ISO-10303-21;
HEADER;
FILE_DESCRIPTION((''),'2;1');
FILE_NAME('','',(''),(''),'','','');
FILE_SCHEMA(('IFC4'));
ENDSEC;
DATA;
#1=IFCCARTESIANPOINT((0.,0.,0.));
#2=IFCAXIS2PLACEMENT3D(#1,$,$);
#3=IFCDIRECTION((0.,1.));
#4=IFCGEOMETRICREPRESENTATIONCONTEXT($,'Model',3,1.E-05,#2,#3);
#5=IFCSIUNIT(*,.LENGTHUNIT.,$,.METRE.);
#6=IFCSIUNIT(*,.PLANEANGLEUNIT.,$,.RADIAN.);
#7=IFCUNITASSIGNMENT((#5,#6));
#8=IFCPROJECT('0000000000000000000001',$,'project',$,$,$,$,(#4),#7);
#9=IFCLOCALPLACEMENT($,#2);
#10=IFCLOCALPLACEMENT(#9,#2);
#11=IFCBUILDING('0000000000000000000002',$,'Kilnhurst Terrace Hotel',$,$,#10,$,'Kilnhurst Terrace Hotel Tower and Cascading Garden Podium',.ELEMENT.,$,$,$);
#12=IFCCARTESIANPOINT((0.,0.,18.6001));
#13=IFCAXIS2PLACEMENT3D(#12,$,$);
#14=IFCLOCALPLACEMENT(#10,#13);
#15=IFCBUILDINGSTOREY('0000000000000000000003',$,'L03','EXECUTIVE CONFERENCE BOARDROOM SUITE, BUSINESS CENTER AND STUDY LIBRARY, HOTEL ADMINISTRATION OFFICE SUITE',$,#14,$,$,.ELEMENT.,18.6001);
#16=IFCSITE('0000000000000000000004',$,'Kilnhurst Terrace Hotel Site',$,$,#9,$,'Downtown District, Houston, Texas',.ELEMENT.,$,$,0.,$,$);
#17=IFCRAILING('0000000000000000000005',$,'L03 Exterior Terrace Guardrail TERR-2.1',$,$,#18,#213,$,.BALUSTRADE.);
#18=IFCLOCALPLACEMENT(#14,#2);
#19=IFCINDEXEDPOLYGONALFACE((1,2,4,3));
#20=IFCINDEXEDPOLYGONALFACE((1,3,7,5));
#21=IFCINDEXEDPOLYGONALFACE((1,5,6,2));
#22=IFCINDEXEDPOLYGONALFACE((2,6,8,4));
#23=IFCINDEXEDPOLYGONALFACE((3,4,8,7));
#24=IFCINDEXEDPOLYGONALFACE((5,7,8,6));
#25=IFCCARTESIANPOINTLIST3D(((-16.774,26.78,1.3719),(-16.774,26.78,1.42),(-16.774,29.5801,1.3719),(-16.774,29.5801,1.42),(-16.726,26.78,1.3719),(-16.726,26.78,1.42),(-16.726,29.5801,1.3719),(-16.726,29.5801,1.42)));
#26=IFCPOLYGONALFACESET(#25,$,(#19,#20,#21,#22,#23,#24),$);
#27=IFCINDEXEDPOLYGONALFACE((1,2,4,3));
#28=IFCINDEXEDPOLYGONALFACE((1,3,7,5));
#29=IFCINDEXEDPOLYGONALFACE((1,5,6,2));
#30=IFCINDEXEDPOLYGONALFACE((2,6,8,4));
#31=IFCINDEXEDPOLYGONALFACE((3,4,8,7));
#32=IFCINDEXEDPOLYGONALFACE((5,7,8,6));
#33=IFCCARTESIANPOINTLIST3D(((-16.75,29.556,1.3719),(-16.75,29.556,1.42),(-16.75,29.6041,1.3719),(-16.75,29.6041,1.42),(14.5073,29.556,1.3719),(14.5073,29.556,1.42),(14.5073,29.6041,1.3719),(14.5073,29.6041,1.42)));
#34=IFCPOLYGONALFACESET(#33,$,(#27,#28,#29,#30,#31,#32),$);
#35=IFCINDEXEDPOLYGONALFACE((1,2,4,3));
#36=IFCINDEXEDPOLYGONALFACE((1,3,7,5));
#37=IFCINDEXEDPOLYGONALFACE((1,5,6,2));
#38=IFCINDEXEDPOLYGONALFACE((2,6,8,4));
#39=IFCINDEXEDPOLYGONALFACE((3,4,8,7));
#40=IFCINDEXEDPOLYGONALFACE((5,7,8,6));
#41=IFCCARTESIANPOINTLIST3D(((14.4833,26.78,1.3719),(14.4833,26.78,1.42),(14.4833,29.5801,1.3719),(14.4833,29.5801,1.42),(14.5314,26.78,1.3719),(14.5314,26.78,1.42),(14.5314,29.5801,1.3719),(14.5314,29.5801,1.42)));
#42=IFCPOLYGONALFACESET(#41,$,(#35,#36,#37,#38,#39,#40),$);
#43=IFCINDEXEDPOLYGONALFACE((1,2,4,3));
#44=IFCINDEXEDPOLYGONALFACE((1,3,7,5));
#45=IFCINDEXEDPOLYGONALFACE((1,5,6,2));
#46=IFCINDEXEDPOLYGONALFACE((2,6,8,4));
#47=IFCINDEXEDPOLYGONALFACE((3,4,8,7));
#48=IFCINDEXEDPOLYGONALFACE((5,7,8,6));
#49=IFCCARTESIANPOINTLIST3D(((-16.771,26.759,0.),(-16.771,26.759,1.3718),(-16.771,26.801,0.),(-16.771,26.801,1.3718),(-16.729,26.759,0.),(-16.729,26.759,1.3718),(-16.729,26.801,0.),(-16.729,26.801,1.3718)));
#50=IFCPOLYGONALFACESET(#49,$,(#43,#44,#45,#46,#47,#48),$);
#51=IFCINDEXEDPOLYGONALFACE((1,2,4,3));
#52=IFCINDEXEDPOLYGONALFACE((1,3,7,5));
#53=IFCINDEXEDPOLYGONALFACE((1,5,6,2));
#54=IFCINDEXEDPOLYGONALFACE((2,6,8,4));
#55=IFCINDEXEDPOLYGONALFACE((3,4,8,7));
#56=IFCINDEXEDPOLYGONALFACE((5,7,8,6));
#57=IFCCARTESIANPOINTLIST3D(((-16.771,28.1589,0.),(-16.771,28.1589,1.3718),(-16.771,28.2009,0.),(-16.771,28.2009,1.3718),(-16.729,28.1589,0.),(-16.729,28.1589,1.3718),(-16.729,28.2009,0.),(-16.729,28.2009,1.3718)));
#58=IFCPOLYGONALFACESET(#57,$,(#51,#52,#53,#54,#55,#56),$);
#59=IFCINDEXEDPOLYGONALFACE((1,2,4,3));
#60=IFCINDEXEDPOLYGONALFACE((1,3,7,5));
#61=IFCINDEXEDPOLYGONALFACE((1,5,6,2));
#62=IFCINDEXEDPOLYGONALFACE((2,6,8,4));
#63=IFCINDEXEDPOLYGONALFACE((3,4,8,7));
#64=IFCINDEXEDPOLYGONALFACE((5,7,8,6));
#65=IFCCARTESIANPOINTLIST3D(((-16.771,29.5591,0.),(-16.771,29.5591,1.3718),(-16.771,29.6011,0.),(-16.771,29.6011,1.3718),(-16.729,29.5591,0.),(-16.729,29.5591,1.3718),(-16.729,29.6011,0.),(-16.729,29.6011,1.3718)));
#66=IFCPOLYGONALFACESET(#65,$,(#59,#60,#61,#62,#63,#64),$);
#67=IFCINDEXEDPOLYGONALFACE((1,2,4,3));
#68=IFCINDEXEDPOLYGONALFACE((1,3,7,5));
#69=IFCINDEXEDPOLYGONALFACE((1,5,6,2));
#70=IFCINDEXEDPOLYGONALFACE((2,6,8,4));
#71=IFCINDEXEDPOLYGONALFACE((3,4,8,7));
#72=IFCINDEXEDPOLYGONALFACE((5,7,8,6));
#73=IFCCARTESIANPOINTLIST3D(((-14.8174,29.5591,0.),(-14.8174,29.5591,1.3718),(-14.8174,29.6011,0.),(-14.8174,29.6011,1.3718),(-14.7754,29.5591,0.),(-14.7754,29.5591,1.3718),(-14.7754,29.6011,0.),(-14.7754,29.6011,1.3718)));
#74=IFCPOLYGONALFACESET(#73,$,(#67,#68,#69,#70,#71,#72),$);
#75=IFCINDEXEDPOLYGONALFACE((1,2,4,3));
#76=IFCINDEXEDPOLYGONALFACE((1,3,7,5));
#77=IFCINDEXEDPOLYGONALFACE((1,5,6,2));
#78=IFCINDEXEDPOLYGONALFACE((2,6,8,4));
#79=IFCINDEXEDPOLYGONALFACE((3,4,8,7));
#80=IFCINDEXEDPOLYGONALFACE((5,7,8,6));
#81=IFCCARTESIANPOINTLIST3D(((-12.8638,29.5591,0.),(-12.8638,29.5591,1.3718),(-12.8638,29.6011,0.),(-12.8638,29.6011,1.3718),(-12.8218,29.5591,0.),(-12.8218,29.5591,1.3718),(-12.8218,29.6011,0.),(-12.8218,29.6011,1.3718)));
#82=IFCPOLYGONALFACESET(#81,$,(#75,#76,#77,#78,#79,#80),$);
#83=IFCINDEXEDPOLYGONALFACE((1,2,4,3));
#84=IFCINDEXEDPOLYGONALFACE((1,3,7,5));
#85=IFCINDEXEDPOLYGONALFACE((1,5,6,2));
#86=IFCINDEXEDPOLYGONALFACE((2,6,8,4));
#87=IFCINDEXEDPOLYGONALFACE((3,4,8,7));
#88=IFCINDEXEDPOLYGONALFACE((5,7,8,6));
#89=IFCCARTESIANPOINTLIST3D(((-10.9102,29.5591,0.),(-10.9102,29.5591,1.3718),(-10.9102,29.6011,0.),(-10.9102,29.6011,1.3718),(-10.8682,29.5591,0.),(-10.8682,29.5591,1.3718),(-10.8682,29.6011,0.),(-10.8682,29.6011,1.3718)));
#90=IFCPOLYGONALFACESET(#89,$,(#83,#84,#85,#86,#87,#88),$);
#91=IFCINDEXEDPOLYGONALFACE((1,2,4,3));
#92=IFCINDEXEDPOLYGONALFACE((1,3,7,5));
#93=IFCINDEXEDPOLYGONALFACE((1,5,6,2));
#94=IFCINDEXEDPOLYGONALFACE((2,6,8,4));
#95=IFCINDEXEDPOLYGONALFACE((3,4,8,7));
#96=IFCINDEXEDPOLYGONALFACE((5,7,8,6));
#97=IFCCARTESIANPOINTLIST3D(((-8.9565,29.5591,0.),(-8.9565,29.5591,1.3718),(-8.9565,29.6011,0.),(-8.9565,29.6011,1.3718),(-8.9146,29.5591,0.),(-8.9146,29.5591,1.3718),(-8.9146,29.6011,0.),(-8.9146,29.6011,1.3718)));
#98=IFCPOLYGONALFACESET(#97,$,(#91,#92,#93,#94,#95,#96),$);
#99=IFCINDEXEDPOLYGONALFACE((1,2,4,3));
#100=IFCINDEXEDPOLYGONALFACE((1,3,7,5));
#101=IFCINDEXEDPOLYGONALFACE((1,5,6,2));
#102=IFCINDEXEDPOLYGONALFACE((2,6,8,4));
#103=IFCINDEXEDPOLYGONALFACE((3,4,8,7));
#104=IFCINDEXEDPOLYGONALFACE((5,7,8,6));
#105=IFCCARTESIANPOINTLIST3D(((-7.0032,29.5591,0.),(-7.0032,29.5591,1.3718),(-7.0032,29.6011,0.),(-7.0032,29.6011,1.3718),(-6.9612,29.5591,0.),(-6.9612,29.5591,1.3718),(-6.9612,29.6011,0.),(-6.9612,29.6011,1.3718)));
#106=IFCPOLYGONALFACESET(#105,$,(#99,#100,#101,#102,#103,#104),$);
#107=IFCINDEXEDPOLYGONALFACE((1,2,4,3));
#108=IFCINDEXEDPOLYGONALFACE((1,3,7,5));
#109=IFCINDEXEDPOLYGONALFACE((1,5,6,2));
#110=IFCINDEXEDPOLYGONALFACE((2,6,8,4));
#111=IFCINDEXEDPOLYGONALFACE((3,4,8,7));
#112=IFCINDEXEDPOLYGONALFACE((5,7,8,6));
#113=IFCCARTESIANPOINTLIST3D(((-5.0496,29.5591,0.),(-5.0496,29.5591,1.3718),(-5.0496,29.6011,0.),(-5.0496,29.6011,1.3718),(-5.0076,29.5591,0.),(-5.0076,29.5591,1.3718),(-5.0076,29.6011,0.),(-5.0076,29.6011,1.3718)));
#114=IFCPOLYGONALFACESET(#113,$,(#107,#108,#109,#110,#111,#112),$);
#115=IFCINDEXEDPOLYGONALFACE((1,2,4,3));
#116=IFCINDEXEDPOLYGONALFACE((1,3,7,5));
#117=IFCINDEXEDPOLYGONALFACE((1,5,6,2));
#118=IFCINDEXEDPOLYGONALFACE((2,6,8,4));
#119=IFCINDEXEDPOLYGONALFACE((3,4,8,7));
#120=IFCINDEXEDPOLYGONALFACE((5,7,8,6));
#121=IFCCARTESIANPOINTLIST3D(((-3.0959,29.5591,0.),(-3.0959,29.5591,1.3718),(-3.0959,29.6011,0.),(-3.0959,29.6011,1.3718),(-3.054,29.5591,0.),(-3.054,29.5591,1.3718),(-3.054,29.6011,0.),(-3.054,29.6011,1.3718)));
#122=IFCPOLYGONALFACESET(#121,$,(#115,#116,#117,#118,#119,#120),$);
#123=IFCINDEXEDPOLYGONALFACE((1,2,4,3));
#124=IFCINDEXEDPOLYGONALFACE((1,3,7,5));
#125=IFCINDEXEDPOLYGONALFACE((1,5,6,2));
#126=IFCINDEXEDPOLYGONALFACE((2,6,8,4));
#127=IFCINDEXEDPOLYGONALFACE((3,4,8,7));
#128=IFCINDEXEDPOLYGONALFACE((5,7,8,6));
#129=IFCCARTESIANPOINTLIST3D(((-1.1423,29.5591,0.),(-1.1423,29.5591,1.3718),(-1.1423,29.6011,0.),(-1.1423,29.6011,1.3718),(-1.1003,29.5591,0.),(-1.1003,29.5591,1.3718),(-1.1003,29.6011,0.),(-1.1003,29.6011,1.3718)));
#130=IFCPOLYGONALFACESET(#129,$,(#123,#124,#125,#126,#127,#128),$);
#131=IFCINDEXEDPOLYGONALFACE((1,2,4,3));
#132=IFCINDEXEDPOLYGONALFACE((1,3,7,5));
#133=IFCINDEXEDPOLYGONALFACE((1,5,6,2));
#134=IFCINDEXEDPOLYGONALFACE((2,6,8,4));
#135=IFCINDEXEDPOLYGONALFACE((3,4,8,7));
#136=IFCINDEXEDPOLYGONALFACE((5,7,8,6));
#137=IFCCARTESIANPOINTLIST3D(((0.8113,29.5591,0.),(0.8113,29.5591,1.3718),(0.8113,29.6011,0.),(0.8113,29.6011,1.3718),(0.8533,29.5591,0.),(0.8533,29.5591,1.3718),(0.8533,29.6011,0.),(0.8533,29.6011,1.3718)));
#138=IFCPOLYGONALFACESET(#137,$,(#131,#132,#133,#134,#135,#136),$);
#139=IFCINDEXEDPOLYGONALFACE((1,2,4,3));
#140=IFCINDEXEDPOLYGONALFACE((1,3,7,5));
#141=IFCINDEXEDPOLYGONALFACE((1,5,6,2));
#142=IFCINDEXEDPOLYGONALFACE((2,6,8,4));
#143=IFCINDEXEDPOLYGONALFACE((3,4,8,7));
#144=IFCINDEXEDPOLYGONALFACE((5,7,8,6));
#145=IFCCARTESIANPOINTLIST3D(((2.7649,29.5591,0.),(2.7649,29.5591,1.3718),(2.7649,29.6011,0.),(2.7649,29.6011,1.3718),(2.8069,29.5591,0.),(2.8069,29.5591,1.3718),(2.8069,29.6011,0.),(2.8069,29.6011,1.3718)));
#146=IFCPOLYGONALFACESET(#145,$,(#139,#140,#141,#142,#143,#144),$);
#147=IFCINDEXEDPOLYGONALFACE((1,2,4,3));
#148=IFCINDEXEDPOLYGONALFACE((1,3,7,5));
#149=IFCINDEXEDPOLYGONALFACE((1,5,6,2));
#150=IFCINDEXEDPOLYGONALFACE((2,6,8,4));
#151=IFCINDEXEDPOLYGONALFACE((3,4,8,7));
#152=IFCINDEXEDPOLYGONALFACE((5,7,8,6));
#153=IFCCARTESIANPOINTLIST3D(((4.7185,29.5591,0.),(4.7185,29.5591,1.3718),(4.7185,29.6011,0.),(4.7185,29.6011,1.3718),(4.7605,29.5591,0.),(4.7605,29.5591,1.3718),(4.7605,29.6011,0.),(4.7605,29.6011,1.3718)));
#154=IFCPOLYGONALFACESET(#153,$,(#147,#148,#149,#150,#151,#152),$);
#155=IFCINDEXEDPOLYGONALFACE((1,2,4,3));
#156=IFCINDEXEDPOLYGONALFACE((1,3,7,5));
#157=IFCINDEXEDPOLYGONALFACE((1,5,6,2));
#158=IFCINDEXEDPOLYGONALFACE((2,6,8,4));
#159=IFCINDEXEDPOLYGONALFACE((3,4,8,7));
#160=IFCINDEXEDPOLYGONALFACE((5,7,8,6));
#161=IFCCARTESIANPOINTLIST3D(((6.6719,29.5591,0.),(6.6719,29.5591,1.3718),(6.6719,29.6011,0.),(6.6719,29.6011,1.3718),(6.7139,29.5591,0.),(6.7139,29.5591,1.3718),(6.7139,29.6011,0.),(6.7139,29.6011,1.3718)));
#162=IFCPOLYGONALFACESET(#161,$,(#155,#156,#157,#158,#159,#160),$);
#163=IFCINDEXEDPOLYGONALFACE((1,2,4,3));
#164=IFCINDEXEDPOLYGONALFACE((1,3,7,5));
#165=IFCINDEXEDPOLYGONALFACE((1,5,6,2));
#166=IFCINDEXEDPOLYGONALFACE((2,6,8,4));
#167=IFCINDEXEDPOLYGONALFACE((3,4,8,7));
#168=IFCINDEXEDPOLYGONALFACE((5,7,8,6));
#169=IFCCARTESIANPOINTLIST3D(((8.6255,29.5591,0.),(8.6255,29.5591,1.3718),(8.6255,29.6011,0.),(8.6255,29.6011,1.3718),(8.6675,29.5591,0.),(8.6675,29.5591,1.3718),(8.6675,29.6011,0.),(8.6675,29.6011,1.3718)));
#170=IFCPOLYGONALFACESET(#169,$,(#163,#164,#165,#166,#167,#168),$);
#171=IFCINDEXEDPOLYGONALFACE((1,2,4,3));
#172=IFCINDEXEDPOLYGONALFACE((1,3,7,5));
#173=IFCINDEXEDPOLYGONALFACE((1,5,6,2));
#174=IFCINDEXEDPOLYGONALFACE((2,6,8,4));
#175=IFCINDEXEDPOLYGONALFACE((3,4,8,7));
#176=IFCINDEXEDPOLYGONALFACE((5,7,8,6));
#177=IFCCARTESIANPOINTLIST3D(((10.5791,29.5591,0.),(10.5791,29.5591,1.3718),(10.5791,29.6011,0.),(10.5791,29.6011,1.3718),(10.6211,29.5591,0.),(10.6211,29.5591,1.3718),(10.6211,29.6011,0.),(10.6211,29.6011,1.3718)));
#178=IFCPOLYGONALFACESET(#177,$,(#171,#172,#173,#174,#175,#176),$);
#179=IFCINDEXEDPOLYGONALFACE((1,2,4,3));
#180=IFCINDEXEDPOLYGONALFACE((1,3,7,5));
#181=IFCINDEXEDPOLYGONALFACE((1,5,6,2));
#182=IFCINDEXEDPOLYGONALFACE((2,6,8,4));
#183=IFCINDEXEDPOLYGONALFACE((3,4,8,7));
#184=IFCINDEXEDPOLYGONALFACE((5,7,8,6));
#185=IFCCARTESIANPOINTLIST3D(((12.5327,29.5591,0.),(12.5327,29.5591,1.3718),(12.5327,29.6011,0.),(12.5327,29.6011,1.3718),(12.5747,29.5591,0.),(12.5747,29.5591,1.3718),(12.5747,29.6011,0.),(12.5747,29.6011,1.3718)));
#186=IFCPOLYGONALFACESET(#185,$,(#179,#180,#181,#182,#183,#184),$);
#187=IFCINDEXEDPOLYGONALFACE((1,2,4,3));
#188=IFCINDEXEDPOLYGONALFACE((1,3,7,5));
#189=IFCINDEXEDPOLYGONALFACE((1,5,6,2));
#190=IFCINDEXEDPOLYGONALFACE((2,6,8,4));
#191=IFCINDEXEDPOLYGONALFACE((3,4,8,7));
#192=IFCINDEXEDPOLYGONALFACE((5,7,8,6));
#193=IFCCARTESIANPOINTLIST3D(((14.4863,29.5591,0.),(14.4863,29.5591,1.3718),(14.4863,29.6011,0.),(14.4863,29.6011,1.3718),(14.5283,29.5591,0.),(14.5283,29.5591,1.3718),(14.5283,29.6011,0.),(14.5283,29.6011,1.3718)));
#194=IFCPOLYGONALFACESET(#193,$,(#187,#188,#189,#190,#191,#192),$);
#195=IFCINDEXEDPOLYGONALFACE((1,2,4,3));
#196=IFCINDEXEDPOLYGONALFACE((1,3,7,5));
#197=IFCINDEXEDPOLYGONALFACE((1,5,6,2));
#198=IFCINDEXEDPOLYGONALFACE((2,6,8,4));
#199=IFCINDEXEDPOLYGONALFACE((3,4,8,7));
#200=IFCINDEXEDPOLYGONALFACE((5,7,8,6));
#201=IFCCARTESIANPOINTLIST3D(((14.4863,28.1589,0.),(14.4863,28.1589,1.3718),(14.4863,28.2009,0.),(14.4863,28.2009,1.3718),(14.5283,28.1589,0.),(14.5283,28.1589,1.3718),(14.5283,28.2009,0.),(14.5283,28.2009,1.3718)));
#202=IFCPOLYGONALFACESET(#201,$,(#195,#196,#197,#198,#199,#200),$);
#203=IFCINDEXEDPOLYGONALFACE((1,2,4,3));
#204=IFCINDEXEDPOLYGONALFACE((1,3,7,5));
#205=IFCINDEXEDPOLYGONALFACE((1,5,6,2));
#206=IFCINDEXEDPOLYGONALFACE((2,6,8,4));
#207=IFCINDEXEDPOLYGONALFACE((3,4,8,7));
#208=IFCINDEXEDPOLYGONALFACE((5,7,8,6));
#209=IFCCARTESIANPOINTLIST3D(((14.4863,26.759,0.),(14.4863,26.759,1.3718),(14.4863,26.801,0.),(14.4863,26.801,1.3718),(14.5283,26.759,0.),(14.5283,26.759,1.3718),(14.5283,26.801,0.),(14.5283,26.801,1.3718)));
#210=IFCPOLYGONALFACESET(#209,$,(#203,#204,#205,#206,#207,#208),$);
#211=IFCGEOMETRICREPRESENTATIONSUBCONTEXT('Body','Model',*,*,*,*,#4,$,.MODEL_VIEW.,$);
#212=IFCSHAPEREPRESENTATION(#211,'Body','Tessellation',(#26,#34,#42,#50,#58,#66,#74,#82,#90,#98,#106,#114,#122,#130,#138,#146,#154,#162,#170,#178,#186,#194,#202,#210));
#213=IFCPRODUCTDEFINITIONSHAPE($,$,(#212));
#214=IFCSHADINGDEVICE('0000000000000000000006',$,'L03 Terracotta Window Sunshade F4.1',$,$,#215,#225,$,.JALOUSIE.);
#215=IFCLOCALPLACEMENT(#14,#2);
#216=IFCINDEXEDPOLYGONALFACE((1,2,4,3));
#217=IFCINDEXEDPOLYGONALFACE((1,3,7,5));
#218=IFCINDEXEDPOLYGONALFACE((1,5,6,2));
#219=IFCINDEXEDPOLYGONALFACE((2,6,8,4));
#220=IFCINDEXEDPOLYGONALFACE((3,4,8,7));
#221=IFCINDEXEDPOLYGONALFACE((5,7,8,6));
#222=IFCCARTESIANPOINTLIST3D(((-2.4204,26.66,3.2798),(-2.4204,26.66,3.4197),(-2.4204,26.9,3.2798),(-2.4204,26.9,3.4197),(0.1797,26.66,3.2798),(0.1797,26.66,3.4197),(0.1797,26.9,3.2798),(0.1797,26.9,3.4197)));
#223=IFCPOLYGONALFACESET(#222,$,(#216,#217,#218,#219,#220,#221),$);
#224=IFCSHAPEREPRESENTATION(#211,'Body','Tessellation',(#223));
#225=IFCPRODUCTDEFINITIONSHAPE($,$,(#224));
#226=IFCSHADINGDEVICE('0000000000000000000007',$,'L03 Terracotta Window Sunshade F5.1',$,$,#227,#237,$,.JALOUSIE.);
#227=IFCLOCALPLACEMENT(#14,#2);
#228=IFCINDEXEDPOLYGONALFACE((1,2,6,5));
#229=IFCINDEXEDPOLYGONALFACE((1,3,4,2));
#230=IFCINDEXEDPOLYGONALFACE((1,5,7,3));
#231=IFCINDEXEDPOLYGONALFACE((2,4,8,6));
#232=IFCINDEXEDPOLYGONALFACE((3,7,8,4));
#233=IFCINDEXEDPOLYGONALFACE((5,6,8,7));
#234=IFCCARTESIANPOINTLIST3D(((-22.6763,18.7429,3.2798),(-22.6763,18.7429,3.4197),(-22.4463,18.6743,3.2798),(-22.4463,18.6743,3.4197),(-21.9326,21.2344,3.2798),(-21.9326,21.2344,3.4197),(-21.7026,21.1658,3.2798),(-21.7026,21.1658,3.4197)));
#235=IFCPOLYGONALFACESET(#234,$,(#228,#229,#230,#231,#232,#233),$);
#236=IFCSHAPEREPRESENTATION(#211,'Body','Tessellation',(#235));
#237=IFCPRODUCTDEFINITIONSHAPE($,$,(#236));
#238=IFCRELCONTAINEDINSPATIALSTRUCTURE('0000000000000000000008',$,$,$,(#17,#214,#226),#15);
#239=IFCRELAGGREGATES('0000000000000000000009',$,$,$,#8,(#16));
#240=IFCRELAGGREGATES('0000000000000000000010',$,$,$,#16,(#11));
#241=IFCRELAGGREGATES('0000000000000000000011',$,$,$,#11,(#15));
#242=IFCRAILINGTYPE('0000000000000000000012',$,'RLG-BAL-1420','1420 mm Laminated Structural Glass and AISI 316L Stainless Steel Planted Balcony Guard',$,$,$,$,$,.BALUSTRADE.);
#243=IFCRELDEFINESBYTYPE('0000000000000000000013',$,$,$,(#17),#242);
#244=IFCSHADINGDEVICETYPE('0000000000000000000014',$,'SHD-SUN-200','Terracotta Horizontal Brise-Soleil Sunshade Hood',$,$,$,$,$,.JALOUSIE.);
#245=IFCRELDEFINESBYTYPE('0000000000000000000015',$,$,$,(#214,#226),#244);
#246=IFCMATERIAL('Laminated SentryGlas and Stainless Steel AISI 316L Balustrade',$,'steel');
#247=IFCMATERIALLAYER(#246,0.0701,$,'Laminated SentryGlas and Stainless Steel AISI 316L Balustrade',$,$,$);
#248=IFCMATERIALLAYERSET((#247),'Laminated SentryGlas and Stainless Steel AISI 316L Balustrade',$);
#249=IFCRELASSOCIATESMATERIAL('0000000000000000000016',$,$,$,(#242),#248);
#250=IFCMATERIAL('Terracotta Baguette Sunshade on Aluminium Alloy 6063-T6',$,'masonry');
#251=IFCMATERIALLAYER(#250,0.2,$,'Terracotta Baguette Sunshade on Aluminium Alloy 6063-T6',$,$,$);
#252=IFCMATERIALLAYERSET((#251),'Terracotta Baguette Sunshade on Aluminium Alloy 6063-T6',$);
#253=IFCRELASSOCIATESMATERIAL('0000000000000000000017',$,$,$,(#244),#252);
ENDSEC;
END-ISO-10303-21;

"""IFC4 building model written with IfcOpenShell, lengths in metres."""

from ifc_helpers import new_model, si_unit, direction, frame, origin, origin_2d, place, context, subcontext, project, spatial, rectangle, extrude, material, layer, layer_set, type_object, element, save


model = new_model("IFC4")

# Units and contexts
model_context = context("Model", 3, precision=1e-05, world=origin(), true_north=direction((0.0, 1.0)))
body_context = subcontext(model_context, "Body", "Model", "MODEL_VIEW")
ifc_project = project(units=[si_unit("LENGTHUNIT", "METRE"), si_unit("PLANEANGLEUNIT", "RADIAN")], contexts=[model_context])

# Site, building, storey
site_placement = place(None, origin())
site = spatial("IfcSite", under=ifc_project, at=site_placement, Name="Kilnhurst Terrace Hotel Site", LongName="Downtown District, Houston, Texas", CompositionType="ELEMENT", RefElevation=0.0)
building_placement = place(site_placement, origin())
building = spatial("IfcBuilding", under=site, at=building_placement, Name="Kilnhurst Terrace Hotel", LongName="Kilnhurst Terrace Hotel Tower and Cascading Garden Podium", CompositionType="ELEMENT")
storey_placement = place(building_placement, frame((0.0, 0.0, 18.6001)))
storey = spatial("IfcBuildingStorey", under=building, at=storey_placement, Name="L03", Description="EXECUTIVE CONFERENCE BOARDROOM SUITE, BUSINESS CENTER AND STUDY LIBRARY, HOTEL ADMINISTRATION OFFICE SUITE", CompositionType="ELEMENT", Elevation=18.6001)

# Railing
ifc_material_1 = material(Name="Laminated SentryGlas and Stainless Steel AISI 316L Balustrade", Category="steel")
ifc_layer_1 = layer(ifc_material_1, 0.0701, Name="Laminated SentryGlas and Stainless Steel AISI 316L Balustrade")
ifc_layer_set_1 = layer_set([ifc_layer_1], Name="Laminated SentryGlas and Stainless Steel AISI 316L Balustrade")
railing_type = type_object("IfcRailingType", Name="RLG-BAL-1420", Description="1420 mm Laminated Structural Glass and AISI 316L Stainless Steel Planted Balcony Guard", PredefinedType="BALUSTRADE", material=ifc_layer_set_1)
railing_placement = place(storey_placement, frame((-16.75, 26.78, 0.0)))
element("IfcRailing", 1, at=railing_placement, inside=storey, type_object=railing_type, Name="L03 Exterior Terrace Guardrail TERR-2.1", PredefinedType="BALUSTRADE", context=body_context, shape_type="SweptSolid", body=[
    extrude(rectangle(XDim=0.0481, YDim=0.0481, at=origin_2d()), frame((0.0, 0.0, 1.396), z_axis=(0.0, 1.0, 0.0), x_axis=(-1.0, 0.0, 0.0)), (0.0, 0.0, 1.0), 2.8),
    extrude(rectangle(XDim=0.0481, YDim=0.0481, at=origin_2d()), frame((0.0, 2.8, 1.396), z_axis=(1.0, 0.0, 0.0), x_axis=(0.0, 1.0, 0.0)), (0.0, 0.0, 1.0), 31.2573),
    extrude(rectangle(XDim=0.0481, YDim=0.0481, at=origin_2d()), frame((31.2573, 2.8, 1.396), z_axis=(0.0, -1.0, 0.0), x_axis=(1.0, 0.0, 0.0)), (0.0, 0.0, 1.0), 2.8),
    extrude(rectangle(XDim=0.042, YDim=0.042, at=origin_2d()), origin(), (0.0, 0.0, 1.0), 1.3718),
    extrude(rectangle(XDim=0.042, YDim=0.042, at=origin_2d()), frame((0.0, 1.3999, 0.0)), (0.0, 0.0, 1.0), 1.3718),
    extrude(rectangle(XDim=0.042, YDim=0.042, at=origin_2d()), frame((0.0, 2.8, 0.0)), (0.0, 0.0, 1.0), 1.3718),
    extrude(rectangle(XDim=0.042, YDim=0.042, at=origin_2d()), frame((1.9536, 2.8, 0.0)), (0.0, 0.0, 1.0), 1.3718),
    extrude(rectangle(XDim=0.042, YDim=0.042, at=origin_2d()), frame((3.9072, 2.8, 0.0)), (0.0, 0.0, 1.0), 1.3718),
    extrude(rectangle(XDim=0.042, YDim=0.042, at=origin_2d()), frame((5.8608, 2.8, 0.0)), (0.0, 0.0, 1.0), 1.3718),
    extrude(rectangle(XDim=0.042, YDim=0.042, at=origin_2d()), frame((7.8145, 2.8, 0.0)), (0.0, 0.0, 1.0), 1.3718),
    extrude(rectangle(XDim=0.042, YDim=0.042, at=origin_2d()), frame((9.7678, 2.8, 0.0)), (0.0, 0.0, 1.0), 1.3718),
    extrude(rectangle(XDim=0.042, YDim=0.042, at=origin_2d()), frame((11.7214, 2.8, 0.0)), (0.0, 0.0, 1.0), 1.3718),
    extrude(rectangle(XDim=0.042, YDim=0.042, at=origin_2d()), frame((13.675, 2.8, 0.0)), (0.0, 0.0, 1.0), 1.3718),
    extrude(rectangle(XDim=0.042, YDim=0.042, at=origin_2d()), frame((15.6287, 2.8, 0.0)), (0.0, 0.0, 1.0), 1.3718),
    extrude(rectangle(XDim=0.042, YDim=0.042, at=origin_2d()), frame((17.5823, 2.8, 0.0)), (0.0, 0.0, 1.0), 1.3718),
    extrude(rectangle(XDim=0.042, YDim=0.042, at=origin_2d()), frame((19.5359, 2.8, 0.0)), (0.0, 0.0, 1.0), 1.3718),
    extrude(rectangle(XDim=0.042, YDim=0.042, at=origin_2d()), frame((21.4895, 2.8, 0.0)), (0.0, 0.0, 1.0), 1.3718),
    extrude(rectangle(XDim=0.042, YDim=0.042, at=origin_2d()), frame((23.4429, 2.8, 0.0)), (0.0, 0.0, 1.0), 1.3718),
    extrude(rectangle(XDim=0.042, YDim=0.042, at=origin_2d()), frame((25.3965, 2.8, 0.0)), (0.0, 0.0, 1.0), 1.3718),
    extrude(rectangle(XDim=0.042, YDim=0.042, at=origin_2d()), frame((27.3501, 2.8, 0.0)), (0.0, 0.0, 1.0), 1.3718),
    extrude(rectangle(XDim=0.042, YDim=0.042, at=origin_2d()), frame((29.3037, 2.8, 0.0)), (0.0, 0.0, 1.0), 1.3718),
    extrude(rectangle(XDim=0.042, YDim=0.042, at=origin_2d()), frame((31.2573, 2.8, 0.0)), (0.0, 0.0, 1.0), 1.3718),
    extrude(rectangle(XDim=0.042, YDim=0.042, at=origin_2d()), frame((31.2573, 1.3999, 0.0)), (0.0, 0.0, 1.0), 1.3718),
    extrude(rectangle(XDim=0.042, YDim=0.042, at=origin_2d()), frame((31.2573, 0.0, 0.0)), (0.0, 0.0, 1.0), 1.3718),
])

# Shading devices
ifc_material_2 = material(Name="Terracotta Baguette Sunshade on Aluminium Alloy 6063-T6", Category="masonry")
ifc_layer_2 = layer(ifc_material_2, 0.2, Name="Terracotta Baguette Sunshade on Aluminium Alloy 6063-T6")
ifc_layer_set_2 = layer_set([ifc_layer_2], Name="Terracotta Baguette Sunshade on Aluminium Alloy 6063-T6")
shading_device_type = type_object("IfcShadingDeviceType", Name="SHD-SUN-200", Description="Terracotta Horizontal Brise-Soleil Sunshade Hood", PredefinedType="JALOUSIE", material=ifc_layer_set_2)
for number, where, z_axis, x_axis, name in (
    (2, (-1.1204, 26.78, 3.2798), (0.0, 0.0, 1.0), (-1.0, 0.0, 0.0), "L03 Terracotta Window Sunshade F4.1"),
    (3, (-22.1895, 19.9543, 3.2798), (0.0, 0.0, 1.0), (-0.286006, -0.958228, 0.0), "L03 Terracotta Window Sunshade F5.1"),
):
    element("IfcShadingDevice", number, at=place(storey_placement, frame(where, z_axis=z_axis, x_axis=x_axis)), inside=storey, type_object=shading_device_type, Name=name, PredefinedType="JALOUSIE", context=body_context, shape_type="SweptSolid", body=[
        extrude(rectangle(XDim=2.6001, YDim=0.24, at=origin_2d()), origin(), (0.0, 0.0, 1.0), 0.1399),
    ])

save(model, "model.ifc")
